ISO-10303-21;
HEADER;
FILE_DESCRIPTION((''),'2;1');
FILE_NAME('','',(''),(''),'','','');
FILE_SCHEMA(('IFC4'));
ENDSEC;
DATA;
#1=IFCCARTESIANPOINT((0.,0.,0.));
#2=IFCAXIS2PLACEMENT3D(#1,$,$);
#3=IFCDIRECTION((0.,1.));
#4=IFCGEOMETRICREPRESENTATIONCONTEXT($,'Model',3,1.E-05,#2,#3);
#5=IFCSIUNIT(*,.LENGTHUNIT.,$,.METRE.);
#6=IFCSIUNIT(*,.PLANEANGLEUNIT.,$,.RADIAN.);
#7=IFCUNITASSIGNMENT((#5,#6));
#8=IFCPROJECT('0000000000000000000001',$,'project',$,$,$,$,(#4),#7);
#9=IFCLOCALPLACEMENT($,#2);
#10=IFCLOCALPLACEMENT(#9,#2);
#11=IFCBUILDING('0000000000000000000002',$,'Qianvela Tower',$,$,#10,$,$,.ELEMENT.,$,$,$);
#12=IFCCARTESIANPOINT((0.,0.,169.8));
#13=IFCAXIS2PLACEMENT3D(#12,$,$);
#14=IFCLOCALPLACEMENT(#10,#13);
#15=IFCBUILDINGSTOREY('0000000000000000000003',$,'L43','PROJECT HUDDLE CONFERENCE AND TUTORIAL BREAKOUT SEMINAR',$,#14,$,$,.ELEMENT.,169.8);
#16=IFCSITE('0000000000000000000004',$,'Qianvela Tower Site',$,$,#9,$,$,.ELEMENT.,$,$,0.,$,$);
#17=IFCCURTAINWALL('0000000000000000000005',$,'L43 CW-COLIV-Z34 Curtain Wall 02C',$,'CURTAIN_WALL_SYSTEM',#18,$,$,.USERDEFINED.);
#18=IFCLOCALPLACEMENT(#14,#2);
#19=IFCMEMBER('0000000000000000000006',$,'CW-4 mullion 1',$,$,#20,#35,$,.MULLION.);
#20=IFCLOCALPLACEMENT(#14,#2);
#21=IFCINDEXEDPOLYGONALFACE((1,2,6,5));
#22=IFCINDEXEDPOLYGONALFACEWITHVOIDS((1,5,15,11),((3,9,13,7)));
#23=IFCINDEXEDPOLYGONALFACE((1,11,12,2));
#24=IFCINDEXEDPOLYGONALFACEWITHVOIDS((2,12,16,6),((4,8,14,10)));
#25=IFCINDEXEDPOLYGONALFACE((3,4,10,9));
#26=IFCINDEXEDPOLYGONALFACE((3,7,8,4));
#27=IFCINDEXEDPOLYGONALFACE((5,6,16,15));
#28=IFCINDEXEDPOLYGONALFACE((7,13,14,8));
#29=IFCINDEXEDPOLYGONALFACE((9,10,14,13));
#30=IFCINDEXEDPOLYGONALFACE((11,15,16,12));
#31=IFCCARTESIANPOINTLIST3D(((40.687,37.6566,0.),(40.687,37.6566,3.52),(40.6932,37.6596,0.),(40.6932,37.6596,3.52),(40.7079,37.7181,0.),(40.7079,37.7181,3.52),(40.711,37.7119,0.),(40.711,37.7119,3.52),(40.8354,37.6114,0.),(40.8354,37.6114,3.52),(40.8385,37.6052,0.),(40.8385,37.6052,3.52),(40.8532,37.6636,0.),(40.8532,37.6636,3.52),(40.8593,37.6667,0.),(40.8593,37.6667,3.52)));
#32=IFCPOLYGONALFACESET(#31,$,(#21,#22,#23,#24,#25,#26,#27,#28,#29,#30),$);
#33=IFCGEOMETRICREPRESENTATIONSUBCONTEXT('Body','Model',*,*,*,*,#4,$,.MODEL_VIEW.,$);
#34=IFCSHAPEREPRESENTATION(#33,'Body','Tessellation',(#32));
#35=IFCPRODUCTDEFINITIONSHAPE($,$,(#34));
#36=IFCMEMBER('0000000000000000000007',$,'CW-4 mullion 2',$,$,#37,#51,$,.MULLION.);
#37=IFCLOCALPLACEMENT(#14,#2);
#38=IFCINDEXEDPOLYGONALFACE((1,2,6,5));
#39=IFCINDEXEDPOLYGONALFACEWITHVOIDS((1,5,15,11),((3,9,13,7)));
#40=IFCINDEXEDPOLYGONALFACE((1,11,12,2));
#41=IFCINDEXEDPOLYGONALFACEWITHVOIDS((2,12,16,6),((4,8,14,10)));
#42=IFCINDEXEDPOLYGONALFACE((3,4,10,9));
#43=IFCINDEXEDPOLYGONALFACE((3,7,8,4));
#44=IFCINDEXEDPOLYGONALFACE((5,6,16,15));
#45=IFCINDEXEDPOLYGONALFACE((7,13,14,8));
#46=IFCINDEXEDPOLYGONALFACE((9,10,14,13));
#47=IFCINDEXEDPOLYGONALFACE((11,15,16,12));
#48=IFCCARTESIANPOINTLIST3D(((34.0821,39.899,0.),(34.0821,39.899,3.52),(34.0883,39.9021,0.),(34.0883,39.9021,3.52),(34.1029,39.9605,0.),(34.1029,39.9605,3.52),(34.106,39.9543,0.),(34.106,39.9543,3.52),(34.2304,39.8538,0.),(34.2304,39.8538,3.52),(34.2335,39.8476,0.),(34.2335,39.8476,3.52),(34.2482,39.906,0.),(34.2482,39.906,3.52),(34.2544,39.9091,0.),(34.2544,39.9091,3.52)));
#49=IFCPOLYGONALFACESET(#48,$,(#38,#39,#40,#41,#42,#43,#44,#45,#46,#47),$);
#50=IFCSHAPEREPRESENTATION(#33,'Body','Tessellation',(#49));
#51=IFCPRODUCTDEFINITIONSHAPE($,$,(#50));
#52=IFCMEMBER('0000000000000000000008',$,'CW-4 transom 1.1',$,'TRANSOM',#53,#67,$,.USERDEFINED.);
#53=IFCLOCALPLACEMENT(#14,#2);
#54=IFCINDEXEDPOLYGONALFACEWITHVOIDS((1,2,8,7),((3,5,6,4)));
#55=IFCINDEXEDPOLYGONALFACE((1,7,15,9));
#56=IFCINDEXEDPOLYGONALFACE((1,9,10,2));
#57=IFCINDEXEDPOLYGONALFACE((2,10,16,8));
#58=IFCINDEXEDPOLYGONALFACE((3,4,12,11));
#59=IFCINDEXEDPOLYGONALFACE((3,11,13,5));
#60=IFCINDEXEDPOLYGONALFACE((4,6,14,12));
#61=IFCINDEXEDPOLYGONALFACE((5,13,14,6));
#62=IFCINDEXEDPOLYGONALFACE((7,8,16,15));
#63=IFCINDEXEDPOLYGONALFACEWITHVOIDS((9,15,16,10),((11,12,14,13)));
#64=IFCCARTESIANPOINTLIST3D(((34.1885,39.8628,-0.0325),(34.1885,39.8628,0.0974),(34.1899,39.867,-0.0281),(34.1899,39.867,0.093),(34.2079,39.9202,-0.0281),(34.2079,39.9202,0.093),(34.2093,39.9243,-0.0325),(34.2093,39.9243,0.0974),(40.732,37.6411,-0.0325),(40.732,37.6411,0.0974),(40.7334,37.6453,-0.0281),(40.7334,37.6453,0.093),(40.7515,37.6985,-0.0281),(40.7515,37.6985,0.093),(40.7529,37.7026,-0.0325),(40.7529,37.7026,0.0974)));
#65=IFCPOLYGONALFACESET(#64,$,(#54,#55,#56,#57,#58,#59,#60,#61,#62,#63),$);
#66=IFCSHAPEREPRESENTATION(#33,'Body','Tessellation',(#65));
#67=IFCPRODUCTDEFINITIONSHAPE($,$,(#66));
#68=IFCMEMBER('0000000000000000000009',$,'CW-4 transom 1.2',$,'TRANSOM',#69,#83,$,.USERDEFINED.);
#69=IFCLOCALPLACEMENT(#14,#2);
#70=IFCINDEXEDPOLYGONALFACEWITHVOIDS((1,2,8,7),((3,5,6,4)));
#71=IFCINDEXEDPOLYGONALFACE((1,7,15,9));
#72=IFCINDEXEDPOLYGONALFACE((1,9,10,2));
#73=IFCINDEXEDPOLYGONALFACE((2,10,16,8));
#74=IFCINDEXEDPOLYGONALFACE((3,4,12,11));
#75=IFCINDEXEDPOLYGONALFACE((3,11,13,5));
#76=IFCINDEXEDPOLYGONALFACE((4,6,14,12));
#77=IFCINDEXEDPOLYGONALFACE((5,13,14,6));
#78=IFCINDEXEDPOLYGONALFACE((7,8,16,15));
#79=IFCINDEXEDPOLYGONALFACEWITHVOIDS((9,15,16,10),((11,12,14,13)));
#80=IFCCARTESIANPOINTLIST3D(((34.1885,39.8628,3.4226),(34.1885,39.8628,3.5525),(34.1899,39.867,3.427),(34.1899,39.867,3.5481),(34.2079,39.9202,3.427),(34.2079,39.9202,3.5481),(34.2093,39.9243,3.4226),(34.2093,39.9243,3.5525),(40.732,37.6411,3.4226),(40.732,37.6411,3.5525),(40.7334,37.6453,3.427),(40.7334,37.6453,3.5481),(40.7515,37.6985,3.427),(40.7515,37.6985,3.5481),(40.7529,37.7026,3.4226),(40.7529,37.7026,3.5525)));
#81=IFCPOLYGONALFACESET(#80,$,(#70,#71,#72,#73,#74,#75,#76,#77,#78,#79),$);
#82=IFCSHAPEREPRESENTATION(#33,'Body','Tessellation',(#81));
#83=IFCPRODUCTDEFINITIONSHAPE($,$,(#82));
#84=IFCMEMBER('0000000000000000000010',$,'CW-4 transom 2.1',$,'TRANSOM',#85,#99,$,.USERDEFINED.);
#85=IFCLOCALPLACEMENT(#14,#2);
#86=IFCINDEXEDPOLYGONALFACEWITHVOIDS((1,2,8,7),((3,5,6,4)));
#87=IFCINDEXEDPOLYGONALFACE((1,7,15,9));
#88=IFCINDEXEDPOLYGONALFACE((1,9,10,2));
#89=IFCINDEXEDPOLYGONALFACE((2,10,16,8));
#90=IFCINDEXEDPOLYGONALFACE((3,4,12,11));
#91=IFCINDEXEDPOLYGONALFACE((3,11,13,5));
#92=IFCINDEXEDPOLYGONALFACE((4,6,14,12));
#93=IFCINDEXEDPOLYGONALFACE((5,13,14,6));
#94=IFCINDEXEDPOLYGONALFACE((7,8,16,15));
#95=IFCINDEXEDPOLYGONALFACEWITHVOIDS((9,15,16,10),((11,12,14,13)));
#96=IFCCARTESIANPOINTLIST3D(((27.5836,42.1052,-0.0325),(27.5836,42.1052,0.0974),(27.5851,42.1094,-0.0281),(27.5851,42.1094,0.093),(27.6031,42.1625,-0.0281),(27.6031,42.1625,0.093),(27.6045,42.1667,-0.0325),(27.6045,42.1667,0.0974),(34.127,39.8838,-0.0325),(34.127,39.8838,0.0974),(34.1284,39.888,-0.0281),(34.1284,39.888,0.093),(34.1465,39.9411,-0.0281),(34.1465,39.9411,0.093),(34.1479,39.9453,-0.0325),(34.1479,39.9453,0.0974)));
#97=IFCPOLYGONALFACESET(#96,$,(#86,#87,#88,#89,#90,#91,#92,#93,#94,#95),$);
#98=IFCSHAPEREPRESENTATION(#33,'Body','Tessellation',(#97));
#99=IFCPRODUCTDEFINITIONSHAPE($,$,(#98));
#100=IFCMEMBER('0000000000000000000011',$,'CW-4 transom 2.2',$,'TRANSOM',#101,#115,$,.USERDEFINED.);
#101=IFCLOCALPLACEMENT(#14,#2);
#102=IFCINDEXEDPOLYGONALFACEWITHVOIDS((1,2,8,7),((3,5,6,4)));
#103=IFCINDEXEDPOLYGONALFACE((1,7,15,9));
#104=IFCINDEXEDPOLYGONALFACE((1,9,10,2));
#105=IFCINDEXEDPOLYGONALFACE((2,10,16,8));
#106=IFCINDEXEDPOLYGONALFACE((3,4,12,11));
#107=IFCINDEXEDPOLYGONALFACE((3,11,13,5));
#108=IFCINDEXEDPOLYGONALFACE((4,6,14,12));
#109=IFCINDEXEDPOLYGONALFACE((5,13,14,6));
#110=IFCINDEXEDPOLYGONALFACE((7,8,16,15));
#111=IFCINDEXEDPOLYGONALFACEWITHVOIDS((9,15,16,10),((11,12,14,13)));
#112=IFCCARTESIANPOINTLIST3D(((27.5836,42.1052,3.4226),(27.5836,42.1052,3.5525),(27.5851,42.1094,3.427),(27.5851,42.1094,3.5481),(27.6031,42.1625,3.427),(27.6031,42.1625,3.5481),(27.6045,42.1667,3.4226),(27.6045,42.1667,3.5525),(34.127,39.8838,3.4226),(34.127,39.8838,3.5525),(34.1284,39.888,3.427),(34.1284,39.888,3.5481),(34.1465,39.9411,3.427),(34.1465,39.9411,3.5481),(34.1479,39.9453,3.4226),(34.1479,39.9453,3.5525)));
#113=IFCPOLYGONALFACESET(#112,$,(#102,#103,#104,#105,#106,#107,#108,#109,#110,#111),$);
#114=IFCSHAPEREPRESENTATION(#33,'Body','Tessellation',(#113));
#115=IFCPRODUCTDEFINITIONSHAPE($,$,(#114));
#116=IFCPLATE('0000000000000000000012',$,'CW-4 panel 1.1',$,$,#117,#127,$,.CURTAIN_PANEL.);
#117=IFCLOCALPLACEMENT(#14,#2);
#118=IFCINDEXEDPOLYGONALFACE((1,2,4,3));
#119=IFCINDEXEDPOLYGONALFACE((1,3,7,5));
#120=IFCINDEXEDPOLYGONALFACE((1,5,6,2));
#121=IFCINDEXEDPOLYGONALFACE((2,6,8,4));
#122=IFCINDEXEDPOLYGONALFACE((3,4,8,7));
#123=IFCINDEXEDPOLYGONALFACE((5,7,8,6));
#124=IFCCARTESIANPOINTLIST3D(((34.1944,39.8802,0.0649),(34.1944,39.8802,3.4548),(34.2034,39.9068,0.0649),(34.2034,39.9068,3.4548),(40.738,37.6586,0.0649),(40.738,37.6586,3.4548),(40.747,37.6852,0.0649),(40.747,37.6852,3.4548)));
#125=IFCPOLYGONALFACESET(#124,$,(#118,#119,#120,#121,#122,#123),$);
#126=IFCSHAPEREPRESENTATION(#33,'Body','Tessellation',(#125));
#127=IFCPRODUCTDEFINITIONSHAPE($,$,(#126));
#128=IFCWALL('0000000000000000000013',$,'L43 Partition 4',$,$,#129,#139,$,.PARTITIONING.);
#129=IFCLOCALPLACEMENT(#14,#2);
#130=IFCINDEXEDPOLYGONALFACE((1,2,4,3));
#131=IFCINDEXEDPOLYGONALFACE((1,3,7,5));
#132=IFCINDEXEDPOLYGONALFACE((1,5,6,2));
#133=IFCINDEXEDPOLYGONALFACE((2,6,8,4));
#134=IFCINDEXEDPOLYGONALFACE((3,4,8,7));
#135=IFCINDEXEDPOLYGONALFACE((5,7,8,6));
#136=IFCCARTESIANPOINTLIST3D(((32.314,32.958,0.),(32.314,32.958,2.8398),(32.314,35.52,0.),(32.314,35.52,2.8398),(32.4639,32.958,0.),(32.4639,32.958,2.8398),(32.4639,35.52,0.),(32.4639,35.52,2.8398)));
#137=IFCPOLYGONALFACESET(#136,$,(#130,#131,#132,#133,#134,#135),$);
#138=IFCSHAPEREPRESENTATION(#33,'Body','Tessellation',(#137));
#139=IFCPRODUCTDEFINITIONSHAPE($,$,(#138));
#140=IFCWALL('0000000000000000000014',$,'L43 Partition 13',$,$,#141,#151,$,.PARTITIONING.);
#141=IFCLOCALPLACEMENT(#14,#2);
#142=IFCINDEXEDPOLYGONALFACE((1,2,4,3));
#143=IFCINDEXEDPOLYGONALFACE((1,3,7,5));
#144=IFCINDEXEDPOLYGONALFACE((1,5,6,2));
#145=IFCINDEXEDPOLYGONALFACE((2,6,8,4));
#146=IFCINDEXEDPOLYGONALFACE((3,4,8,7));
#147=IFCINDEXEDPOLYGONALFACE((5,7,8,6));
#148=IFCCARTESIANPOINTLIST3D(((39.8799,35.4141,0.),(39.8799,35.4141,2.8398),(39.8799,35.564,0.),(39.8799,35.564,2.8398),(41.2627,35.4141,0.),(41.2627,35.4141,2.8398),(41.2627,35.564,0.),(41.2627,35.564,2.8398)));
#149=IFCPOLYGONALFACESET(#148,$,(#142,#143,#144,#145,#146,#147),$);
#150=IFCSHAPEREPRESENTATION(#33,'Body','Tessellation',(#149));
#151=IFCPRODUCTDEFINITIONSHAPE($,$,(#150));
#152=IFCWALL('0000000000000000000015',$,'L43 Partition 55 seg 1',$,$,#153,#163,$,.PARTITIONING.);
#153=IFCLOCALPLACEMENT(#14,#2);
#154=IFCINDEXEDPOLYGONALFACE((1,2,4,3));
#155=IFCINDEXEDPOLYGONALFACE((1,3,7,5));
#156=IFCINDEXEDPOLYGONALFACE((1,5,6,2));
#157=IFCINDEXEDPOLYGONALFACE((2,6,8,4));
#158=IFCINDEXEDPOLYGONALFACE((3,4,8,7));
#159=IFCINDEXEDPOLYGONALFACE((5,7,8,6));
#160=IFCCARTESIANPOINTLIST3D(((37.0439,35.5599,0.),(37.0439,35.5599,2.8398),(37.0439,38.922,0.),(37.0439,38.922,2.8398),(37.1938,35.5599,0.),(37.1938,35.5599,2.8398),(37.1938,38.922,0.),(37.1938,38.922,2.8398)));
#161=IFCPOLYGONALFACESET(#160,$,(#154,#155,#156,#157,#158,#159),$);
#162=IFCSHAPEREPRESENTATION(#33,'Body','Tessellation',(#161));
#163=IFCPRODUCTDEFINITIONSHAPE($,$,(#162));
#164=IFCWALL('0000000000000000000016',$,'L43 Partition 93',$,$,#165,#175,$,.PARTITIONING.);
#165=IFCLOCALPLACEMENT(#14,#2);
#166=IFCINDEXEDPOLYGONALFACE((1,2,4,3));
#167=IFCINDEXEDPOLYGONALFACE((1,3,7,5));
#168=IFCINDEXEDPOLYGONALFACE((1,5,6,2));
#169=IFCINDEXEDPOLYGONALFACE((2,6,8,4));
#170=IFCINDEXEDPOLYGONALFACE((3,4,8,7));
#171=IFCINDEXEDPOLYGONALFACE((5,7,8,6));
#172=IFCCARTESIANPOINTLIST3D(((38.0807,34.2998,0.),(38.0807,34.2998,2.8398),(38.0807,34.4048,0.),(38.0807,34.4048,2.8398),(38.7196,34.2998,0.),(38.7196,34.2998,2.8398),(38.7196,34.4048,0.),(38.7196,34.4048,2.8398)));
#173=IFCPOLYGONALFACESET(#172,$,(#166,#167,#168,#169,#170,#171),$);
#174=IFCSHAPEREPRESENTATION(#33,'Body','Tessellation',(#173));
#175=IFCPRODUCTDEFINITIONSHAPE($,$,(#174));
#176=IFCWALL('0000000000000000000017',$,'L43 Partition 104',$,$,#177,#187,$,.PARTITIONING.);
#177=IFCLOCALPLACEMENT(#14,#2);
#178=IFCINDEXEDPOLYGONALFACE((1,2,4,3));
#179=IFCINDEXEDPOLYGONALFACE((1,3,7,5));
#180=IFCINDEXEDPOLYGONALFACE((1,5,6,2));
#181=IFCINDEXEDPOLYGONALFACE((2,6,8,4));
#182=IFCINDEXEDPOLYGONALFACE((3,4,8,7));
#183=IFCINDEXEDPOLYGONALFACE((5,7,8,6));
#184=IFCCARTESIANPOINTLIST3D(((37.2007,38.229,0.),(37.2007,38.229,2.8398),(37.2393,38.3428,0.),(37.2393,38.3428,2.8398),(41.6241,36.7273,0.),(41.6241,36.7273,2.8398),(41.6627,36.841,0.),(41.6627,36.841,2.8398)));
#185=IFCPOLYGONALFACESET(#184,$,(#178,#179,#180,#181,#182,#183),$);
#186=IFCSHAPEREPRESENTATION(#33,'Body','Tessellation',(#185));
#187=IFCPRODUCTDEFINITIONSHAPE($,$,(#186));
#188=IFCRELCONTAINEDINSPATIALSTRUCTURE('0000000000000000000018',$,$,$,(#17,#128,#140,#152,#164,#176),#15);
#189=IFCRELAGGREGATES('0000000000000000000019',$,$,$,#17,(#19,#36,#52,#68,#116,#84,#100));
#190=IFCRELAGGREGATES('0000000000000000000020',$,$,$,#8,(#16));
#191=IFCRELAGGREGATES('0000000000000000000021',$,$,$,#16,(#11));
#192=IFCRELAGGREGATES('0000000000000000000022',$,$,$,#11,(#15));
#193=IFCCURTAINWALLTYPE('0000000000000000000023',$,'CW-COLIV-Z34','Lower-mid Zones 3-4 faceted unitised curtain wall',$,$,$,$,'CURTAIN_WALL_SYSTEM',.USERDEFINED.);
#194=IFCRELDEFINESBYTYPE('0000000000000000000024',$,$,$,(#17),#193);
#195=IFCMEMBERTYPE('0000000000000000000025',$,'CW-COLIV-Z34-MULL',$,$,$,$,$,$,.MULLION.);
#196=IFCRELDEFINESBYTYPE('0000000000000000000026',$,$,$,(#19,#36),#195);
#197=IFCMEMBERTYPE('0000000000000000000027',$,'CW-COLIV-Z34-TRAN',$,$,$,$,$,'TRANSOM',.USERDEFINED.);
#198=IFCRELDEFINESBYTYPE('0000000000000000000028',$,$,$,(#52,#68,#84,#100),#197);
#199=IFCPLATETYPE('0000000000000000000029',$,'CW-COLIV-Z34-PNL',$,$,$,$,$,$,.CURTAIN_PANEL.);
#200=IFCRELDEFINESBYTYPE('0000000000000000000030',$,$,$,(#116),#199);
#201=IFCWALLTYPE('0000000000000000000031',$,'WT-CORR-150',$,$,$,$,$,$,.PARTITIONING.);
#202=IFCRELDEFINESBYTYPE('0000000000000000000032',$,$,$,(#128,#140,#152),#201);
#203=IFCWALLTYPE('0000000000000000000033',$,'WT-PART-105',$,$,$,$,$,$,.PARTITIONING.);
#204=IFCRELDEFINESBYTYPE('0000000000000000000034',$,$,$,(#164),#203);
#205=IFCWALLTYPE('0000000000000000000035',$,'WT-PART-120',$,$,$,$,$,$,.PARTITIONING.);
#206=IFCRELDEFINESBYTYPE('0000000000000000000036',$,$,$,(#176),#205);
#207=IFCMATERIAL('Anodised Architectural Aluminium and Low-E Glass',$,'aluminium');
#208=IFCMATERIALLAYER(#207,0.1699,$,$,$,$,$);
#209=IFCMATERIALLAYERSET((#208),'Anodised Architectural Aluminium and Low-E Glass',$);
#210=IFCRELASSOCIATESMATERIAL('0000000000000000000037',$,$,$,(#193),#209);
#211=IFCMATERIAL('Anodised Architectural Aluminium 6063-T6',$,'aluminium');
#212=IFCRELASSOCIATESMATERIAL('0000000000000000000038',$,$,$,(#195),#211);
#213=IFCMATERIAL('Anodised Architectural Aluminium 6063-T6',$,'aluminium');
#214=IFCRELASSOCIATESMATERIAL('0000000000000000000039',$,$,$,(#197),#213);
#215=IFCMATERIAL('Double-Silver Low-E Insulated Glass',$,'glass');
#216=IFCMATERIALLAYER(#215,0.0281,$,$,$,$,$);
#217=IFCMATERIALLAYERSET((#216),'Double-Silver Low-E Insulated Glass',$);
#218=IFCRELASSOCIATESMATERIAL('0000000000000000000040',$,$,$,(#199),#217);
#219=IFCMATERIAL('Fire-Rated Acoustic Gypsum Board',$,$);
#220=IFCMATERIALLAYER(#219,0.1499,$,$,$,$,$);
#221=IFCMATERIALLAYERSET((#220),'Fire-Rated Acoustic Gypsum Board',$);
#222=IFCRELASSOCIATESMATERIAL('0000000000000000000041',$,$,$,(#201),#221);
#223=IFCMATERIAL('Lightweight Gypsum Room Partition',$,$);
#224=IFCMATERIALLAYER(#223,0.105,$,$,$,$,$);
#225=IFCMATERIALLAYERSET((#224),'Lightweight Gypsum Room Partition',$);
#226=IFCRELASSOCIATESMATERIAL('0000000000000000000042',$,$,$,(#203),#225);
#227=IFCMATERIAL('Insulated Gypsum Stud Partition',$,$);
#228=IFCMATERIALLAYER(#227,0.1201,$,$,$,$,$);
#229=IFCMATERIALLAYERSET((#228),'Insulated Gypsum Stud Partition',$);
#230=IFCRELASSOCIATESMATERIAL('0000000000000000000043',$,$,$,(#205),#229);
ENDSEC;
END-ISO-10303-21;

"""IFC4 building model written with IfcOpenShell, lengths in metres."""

from ifc_helpers import new_model, si_unit, direction, frame, frame_2d, origin, origin_2d, place, context, subcontext, project, spatial, rectangle, hollow_rectangle, extrude, material, layer, layer_set, material_profile, profile_set, type_object, element, aggregate, save


model = new_model("IFC4")

# Units and contexts
model_context = context("Model", 3, precision=1e-05, world=origin(), true_north=direction((0.0, 1.0)))
body_context = subcontext(model_context, "Body", "Model", "MODEL_VIEW")
ifc_project = project(units=[si_unit("LENGTHUNIT", "METRE"), si_unit("PLANEANGLEUNIT", "RADIAN")], contexts=[model_context])

# Site, building, storey
site_placement = place(None, origin())
site = spatial("IfcSite", under=ifc_project, at=site_placement, Name="Qianvela Tower Site", CompositionType="ELEMENT", RefElevation=0.0)
building_placement = place(site_placement, origin())
building = spatial("IfcBuilding", under=site, at=building_placement, Name="Qianvela Tower", CompositionType="ELEMENT")
storey_placement = place(building_placement, frame((0.0, 0.0, 169.8)))
storey = spatial("IfcBuildingStorey", under=building, at=storey_placement, Name="L43", Description="PROJECT HUDDLE CONFERENCE AND TUTORIAL BREAKOUT SEMINAR", CompositionType="ELEMENT", Elevation=169.8)

# Curtain wall, members, plate
ifc_material_1 = material(Name="Anodised Architectural Aluminium and Low-E Glass", Category="aluminium")
ifc_layer_1 = layer(ifc_material_1, 0.1699)
ifc_layer_set_1 = layer_set([ifc_layer_1], Name="Anodised Architectural Aluminium and Low-E Glass")
curtain_wall_type = type_object("IfcCurtainWallType", Name="CW-COLIV-Z34", Description="Lower-mid Zones 3-4 faceted unitised curtain wall", ElementType="CURTAIN_WALL_SYSTEM", PredefinedType="USERDEFINED", material=ifc_layer_set_1)
curtain_wall_placement = place(storey_placement, origin())
curtain_wall = element("IfcCurtainWall", 1, at=curtain_wall_placement, inside=storey, type_object=curtain_wall_type, Name="L43 CW-COLIV-Z34 Curtain Wall 02C", ObjectType="CURTAIN_WALL_SYSTEM", PredefinedType="USERDEFINED")
ifc_material_2 = material(Name="Anodised Architectural Aluminium 6063-T6", Category="aluminium")
ifc_material_profile_1 = material_profile(ifc_material_2, hollow_rectangle(XDim=0.0649, YDim=0.1599, WallThickness=0.0049, at=origin_2d()), Name="ALU-MULL-65x160")
ifc_profile_set_1 = profile_set([ifc_material_profile_1], Name="Anodised Architectural Aluminium 6063-T6")
member_type_1 = type_object("IfcMemberType", Name="CW-COLIV-Z34-MULL", PredefinedType="MULLION", material=ifc_profile_set_1)
member_1_placement = place(storey_placement, frame((40.7732, 37.6616, 0.0), z_axis=(0.0, 0.0, 1.0), x_axis=(-0.321484, -0.946915, 0.0)))
member_1 = element("IfcMember", 2, at=member_1_placement, type_object=member_type_1, Name="CW-4 mullion 1", PredefinedType="MULLION", context=body_context, shape_type="SweptSolid", body=[
    extrude(hollow_rectangle(XDim=0.0649, YDim=0.1599, WallThickness=0.0049, at=origin_2d()), origin(), (0.0, 0.0, 1.0), 3.52),
])
member_2_placement = place(storey_placement, frame((34.1682, 39.9041, 0.0), z_axis=(0.0, 0.0, 1.0), x_axis=(-0.321484, -0.946915, 0.0)))
member_2 = element("IfcMember", 3, at=member_2_placement, type_object=member_type_1, Name="CW-4 mullion 2", PredefinedType="MULLION", context=body_context, shape_type="SweptSolid", body=[
    extrude(hollow_rectangle(XDim=0.0649, YDim=0.1599, WallThickness=0.0049, at=origin_2d()), origin(), (0.0, 0.0, 1.0), 3.52),
])
ifc_material_3 = material(Name="Anodised Architectural Aluminium 6063-T6", Category="aluminium")
ifc_material_profile_2 = material_profile(ifc_material_3, hollow_rectangle(XDim=0.0649, YDim=0.1299, WallThickness=0.0044, at=origin_2d()), Name="ALU-TRAN-65x130")
ifc_profile_set_2 = profile_set([ifc_material_profile_2], Name="Anodised Architectural Aluminium 6063-T6")
member_type_2 = type_object("IfcMemberType", Name="CW-COLIV-Z34-TRAN", ElementType="TRANSOM", PredefinedType="USERDEFINED", material=ifc_profile_set_2)
member_3_placement = place(storey_placement, frame((40.7424, 37.6719, 0.0325), z_axis=(-0.946909, 0.321501, 0.0), x_axis=(-0.321501, -0.946909, 0.0)))
member_3 = element("IfcMember", 4, at=member_3_placement, type_object=member_type_2, Name="CW-4 transom 1.1", ObjectType="TRANSOM", PredefinedType="USERDEFINED", context=body_context, shape_type="SweptSolid", body=[
    extrude(hollow_rectangle(XDim=0.0649, YDim=0.1299, WallThickness=0.0044, at=origin_2d()), origin(), (0.0, 0.0, 1.0), 6.9104),
])
member_4_placement = place(storey_placement, frame((40.7424, 37.6719, 3.4875), z_axis=(-0.946909, 0.321501, 0.0), x_axis=(-0.321501, -0.946909, 0.0)))
member_4 = element("IfcMember", 5, at=member_4_placement, type_object=member_type_2, Name="CW-4 transom 1.2", ObjectType="TRANSOM", PredefinedType="USERDEFINED", context=body_context, shape_type="SweptSolid", body=[
    extrude(hollow_rectangle(XDim=0.0649, YDim=0.1299, WallThickness=0.0044, at=origin_2d()), origin(), (0.0, 0.0, 1.0), 6.9104),
])
member_5_placement = place(storey_placement, frame((34.1375, 39.9146, 0.0325), z_axis=(-0.94692, 0.321469, 0.0), x_axis=(-0.321469, -0.94692, 0.0)))
member_5 = element("IfcMember", 6, at=member_5_placement, type_object=member_type_2, Name="CW-4 transom 2.1", ObjectType="TRANSOM", PredefinedType="USERDEFINED", context=body_context, shape_type="SweptSolid", body=[
    extrude(hollow_rectangle(XDim=0.0649, YDim=0.1299, WallThickness=0.0044, at=origin_2d()), origin(), (0.0, 0.0, 1.0), 6.9102),
])
member_6_placement = place(storey_placement, frame((34.1375, 39.9146, 3.4875), z_axis=(-0.94692, 0.321469, 0.0), x_axis=(-0.321469, -0.94692, 0.0)))
member_6 = element("IfcMember", 7, at=member_6_placement, type_object=member_type_2, Name="CW-4 transom 2.2", ObjectType="TRANSOM", PredefinedType="USERDEFINED", context=body_context, shape_type="SweptSolid", body=[
    extrude(hollow_rectangle(XDim=0.0649, YDim=0.1299, WallThickness=0.0044, at=origin_2d()), origin(), (0.0, 0.0, 1.0), 6.9102),
])
ifc_material_4 = material(Name="Double-Silver Low-E Insulated Glass", Category="glass")
ifc_layer_2 = layer(ifc_material_4, 0.0281)
ifc_layer_set_2 = layer_set([ifc_layer_2], Name="Double-Silver Low-E Insulated Glass")
plate_type = type_object("IfcPlateType", Name="CW-COLIV-Z34-PNL", PredefinedType="CURTAIN_PANEL", material=ifc_layer_set_2)
plate_placement = place(storey_placement, frame((37.4707, 38.7827, 0.0649), z_axis=(0.0, 0.0, 1.0), x_axis=(-0.946915, 0.321484, 0.0)))
plate = element("IfcPlate", 8, at=plate_placement, type_object=plate_type, Name="CW-4 panel 1.1", PredefinedType="CURTAIN_PANEL", context=body_context, shape_type="SweptSolid", body=[
    extrude(rectangle(XDim=6.9104, YDim=0.0281, at=origin_2d()), origin(), (0.0, 0.0, 1.0), 3.3899),
])
aggregate(curtain_wall, [member_1, member_2, member_3, member_4, plate, member_5, member_6])

# Walls
ifc_material_5 = material(Name="Fire-Rated Acoustic Gypsum Board")
ifc_layer_3 = layer(ifc_material_5, 0.1499)
ifc_layer_set_3 = layer_set([ifc_layer_3], Name="Fire-Rated Acoustic Gypsum Board")
wall_type_1 = type_object("IfcWallType", Name="WT-CORR-150", PredefinedType="PARTITIONING", material=ifc_layer_set_3)
wall_1_placement = place(storey_placement, frame((32.3889, 35.52, 0.0), z_axis=(0.0, 0.0, 1.0), x_axis=(0.0, -1.0, 0.0)))
element("IfcWall", 9, at=wall_1_placement, inside=storey, type_object=wall_type_1, Name="L43 Partition 4", PredefinedType="PARTITIONING", context=body_context, shape_type="SweptSolid", body=[
    extrude(rectangle(XDim=2.562, YDim=0.1499, at=frame_2d((1.281, 0.0))), origin(), (0.0, 0.0, 1.0), 2.8398),
])
wall_2_placement = place(storey_placement, frame((39.8799, 35.489, 0.0), z_axis=(0.0, 0.0, 1.0), x_axis=(1.0, 0.0, 0.0)))
element("IfcWall", 10, at=wall_2_placement, inside=storey, type_object=wall_type_1, Name="L43 Partition 13", PredefinedType="PARTITIONING", context=body_context, shape_type="SweptSolid", body=[
    extrude(rectangle(XDim=1.3828, YDim=0.1499, at=frame_2d((0.6914, 0.0))), origin(), (0.0, 0.0, 1.0), 2.8398),
])
wall_3_placement = place(storey_placement, frame((37.1189, 38.9221, 0.0), z_axis=(0.0, 0.0, 1.0), x_axis=(0.0, -1.0, 0.0)))
element("IfcWall", 11, at=wall_3_placement, inside=storey, type_object=wall_type_1, Name="L43 Partition 55 seg 1", PredefinedType="PARTITIONING", context=body_context, shape_type="SweptSolid", body=[
    extrude(rectangle(XDim=3.3621, YDim=0.1499, at=frame_2d((1.6812, 0.0))), origin(), (0.0, 0.0, 1.0), 2.8398),
])
ifc_material_6 = material(Name="Lightweight Gypsum Room Partition")
ifc_layer_4 = layer(ifc_material_6, 0.105)
ifc_layer_set_4 = layer_set([ifc_layer_4], Name="Lightweight Gypsum Room Partition")
wall_type_2 = type_object("IfcWallType", Name="WT-PART-105", PredefinedType="PARTITIONING", material=ifc_layer_set_4)
wall_4_placement = place(storey_placement, frame((38.7195, 34.3523, 0.0), z_axis=(0.0, 0.0, 1.0), x_axis=(-1.0, 0.0, 0.0)))
element("IfcWall", 12, at=wall_4_placement, inside=storey, type_object=wall_type_2, Name="L43 Partition 93", PredefinedType="PARTITIONING", context=body_context, shape_type="SweptSolid", body=[
    extrude(rectangle(XDim=0.6389, YDim=0.105, at=frame_2d((0.3193, 0.0))), origin(), (0.0, 0.0, 1.0), 2.8398),
])
ifc_material_7 = material(Name="Insulated Gypsum Stud Partition")
ifc_layer_5 = layer(ifc_material_7, 0.1201)
ifc_layer_set_5 = layer_set([ifc_layer_5], Name="Insulated Gypsum Stud Partition")
wall_type_3 = type_object("IfcWallType", Name="WT-PART-120", PredefinedType="PARTITIONING", material=ifc_layer_set_5)
wall_5_placement = place(storey_placement, frame((37.22, 38.2859, 0.0), z_axis=(0.0, 0.0, 1.0), x_axis=(0.946918, -0.321475, 0.0)))
element("IfcWall", 13, at=wall_5_placement, inside=storey, type_object=wall_type_3, Name="L43 Partition 104", PredefinedType="PARTITIONING", context=body_context, shape_type="SweptSolid", body=[
    extrude(rectangle(XDim=4.6714, YDim=0.1201, at=frame_2d((2.3357, 0.0))), origin(), (0.0, 0.0, 1.0), 2.8398),
])

save(model, "model.ifc")
